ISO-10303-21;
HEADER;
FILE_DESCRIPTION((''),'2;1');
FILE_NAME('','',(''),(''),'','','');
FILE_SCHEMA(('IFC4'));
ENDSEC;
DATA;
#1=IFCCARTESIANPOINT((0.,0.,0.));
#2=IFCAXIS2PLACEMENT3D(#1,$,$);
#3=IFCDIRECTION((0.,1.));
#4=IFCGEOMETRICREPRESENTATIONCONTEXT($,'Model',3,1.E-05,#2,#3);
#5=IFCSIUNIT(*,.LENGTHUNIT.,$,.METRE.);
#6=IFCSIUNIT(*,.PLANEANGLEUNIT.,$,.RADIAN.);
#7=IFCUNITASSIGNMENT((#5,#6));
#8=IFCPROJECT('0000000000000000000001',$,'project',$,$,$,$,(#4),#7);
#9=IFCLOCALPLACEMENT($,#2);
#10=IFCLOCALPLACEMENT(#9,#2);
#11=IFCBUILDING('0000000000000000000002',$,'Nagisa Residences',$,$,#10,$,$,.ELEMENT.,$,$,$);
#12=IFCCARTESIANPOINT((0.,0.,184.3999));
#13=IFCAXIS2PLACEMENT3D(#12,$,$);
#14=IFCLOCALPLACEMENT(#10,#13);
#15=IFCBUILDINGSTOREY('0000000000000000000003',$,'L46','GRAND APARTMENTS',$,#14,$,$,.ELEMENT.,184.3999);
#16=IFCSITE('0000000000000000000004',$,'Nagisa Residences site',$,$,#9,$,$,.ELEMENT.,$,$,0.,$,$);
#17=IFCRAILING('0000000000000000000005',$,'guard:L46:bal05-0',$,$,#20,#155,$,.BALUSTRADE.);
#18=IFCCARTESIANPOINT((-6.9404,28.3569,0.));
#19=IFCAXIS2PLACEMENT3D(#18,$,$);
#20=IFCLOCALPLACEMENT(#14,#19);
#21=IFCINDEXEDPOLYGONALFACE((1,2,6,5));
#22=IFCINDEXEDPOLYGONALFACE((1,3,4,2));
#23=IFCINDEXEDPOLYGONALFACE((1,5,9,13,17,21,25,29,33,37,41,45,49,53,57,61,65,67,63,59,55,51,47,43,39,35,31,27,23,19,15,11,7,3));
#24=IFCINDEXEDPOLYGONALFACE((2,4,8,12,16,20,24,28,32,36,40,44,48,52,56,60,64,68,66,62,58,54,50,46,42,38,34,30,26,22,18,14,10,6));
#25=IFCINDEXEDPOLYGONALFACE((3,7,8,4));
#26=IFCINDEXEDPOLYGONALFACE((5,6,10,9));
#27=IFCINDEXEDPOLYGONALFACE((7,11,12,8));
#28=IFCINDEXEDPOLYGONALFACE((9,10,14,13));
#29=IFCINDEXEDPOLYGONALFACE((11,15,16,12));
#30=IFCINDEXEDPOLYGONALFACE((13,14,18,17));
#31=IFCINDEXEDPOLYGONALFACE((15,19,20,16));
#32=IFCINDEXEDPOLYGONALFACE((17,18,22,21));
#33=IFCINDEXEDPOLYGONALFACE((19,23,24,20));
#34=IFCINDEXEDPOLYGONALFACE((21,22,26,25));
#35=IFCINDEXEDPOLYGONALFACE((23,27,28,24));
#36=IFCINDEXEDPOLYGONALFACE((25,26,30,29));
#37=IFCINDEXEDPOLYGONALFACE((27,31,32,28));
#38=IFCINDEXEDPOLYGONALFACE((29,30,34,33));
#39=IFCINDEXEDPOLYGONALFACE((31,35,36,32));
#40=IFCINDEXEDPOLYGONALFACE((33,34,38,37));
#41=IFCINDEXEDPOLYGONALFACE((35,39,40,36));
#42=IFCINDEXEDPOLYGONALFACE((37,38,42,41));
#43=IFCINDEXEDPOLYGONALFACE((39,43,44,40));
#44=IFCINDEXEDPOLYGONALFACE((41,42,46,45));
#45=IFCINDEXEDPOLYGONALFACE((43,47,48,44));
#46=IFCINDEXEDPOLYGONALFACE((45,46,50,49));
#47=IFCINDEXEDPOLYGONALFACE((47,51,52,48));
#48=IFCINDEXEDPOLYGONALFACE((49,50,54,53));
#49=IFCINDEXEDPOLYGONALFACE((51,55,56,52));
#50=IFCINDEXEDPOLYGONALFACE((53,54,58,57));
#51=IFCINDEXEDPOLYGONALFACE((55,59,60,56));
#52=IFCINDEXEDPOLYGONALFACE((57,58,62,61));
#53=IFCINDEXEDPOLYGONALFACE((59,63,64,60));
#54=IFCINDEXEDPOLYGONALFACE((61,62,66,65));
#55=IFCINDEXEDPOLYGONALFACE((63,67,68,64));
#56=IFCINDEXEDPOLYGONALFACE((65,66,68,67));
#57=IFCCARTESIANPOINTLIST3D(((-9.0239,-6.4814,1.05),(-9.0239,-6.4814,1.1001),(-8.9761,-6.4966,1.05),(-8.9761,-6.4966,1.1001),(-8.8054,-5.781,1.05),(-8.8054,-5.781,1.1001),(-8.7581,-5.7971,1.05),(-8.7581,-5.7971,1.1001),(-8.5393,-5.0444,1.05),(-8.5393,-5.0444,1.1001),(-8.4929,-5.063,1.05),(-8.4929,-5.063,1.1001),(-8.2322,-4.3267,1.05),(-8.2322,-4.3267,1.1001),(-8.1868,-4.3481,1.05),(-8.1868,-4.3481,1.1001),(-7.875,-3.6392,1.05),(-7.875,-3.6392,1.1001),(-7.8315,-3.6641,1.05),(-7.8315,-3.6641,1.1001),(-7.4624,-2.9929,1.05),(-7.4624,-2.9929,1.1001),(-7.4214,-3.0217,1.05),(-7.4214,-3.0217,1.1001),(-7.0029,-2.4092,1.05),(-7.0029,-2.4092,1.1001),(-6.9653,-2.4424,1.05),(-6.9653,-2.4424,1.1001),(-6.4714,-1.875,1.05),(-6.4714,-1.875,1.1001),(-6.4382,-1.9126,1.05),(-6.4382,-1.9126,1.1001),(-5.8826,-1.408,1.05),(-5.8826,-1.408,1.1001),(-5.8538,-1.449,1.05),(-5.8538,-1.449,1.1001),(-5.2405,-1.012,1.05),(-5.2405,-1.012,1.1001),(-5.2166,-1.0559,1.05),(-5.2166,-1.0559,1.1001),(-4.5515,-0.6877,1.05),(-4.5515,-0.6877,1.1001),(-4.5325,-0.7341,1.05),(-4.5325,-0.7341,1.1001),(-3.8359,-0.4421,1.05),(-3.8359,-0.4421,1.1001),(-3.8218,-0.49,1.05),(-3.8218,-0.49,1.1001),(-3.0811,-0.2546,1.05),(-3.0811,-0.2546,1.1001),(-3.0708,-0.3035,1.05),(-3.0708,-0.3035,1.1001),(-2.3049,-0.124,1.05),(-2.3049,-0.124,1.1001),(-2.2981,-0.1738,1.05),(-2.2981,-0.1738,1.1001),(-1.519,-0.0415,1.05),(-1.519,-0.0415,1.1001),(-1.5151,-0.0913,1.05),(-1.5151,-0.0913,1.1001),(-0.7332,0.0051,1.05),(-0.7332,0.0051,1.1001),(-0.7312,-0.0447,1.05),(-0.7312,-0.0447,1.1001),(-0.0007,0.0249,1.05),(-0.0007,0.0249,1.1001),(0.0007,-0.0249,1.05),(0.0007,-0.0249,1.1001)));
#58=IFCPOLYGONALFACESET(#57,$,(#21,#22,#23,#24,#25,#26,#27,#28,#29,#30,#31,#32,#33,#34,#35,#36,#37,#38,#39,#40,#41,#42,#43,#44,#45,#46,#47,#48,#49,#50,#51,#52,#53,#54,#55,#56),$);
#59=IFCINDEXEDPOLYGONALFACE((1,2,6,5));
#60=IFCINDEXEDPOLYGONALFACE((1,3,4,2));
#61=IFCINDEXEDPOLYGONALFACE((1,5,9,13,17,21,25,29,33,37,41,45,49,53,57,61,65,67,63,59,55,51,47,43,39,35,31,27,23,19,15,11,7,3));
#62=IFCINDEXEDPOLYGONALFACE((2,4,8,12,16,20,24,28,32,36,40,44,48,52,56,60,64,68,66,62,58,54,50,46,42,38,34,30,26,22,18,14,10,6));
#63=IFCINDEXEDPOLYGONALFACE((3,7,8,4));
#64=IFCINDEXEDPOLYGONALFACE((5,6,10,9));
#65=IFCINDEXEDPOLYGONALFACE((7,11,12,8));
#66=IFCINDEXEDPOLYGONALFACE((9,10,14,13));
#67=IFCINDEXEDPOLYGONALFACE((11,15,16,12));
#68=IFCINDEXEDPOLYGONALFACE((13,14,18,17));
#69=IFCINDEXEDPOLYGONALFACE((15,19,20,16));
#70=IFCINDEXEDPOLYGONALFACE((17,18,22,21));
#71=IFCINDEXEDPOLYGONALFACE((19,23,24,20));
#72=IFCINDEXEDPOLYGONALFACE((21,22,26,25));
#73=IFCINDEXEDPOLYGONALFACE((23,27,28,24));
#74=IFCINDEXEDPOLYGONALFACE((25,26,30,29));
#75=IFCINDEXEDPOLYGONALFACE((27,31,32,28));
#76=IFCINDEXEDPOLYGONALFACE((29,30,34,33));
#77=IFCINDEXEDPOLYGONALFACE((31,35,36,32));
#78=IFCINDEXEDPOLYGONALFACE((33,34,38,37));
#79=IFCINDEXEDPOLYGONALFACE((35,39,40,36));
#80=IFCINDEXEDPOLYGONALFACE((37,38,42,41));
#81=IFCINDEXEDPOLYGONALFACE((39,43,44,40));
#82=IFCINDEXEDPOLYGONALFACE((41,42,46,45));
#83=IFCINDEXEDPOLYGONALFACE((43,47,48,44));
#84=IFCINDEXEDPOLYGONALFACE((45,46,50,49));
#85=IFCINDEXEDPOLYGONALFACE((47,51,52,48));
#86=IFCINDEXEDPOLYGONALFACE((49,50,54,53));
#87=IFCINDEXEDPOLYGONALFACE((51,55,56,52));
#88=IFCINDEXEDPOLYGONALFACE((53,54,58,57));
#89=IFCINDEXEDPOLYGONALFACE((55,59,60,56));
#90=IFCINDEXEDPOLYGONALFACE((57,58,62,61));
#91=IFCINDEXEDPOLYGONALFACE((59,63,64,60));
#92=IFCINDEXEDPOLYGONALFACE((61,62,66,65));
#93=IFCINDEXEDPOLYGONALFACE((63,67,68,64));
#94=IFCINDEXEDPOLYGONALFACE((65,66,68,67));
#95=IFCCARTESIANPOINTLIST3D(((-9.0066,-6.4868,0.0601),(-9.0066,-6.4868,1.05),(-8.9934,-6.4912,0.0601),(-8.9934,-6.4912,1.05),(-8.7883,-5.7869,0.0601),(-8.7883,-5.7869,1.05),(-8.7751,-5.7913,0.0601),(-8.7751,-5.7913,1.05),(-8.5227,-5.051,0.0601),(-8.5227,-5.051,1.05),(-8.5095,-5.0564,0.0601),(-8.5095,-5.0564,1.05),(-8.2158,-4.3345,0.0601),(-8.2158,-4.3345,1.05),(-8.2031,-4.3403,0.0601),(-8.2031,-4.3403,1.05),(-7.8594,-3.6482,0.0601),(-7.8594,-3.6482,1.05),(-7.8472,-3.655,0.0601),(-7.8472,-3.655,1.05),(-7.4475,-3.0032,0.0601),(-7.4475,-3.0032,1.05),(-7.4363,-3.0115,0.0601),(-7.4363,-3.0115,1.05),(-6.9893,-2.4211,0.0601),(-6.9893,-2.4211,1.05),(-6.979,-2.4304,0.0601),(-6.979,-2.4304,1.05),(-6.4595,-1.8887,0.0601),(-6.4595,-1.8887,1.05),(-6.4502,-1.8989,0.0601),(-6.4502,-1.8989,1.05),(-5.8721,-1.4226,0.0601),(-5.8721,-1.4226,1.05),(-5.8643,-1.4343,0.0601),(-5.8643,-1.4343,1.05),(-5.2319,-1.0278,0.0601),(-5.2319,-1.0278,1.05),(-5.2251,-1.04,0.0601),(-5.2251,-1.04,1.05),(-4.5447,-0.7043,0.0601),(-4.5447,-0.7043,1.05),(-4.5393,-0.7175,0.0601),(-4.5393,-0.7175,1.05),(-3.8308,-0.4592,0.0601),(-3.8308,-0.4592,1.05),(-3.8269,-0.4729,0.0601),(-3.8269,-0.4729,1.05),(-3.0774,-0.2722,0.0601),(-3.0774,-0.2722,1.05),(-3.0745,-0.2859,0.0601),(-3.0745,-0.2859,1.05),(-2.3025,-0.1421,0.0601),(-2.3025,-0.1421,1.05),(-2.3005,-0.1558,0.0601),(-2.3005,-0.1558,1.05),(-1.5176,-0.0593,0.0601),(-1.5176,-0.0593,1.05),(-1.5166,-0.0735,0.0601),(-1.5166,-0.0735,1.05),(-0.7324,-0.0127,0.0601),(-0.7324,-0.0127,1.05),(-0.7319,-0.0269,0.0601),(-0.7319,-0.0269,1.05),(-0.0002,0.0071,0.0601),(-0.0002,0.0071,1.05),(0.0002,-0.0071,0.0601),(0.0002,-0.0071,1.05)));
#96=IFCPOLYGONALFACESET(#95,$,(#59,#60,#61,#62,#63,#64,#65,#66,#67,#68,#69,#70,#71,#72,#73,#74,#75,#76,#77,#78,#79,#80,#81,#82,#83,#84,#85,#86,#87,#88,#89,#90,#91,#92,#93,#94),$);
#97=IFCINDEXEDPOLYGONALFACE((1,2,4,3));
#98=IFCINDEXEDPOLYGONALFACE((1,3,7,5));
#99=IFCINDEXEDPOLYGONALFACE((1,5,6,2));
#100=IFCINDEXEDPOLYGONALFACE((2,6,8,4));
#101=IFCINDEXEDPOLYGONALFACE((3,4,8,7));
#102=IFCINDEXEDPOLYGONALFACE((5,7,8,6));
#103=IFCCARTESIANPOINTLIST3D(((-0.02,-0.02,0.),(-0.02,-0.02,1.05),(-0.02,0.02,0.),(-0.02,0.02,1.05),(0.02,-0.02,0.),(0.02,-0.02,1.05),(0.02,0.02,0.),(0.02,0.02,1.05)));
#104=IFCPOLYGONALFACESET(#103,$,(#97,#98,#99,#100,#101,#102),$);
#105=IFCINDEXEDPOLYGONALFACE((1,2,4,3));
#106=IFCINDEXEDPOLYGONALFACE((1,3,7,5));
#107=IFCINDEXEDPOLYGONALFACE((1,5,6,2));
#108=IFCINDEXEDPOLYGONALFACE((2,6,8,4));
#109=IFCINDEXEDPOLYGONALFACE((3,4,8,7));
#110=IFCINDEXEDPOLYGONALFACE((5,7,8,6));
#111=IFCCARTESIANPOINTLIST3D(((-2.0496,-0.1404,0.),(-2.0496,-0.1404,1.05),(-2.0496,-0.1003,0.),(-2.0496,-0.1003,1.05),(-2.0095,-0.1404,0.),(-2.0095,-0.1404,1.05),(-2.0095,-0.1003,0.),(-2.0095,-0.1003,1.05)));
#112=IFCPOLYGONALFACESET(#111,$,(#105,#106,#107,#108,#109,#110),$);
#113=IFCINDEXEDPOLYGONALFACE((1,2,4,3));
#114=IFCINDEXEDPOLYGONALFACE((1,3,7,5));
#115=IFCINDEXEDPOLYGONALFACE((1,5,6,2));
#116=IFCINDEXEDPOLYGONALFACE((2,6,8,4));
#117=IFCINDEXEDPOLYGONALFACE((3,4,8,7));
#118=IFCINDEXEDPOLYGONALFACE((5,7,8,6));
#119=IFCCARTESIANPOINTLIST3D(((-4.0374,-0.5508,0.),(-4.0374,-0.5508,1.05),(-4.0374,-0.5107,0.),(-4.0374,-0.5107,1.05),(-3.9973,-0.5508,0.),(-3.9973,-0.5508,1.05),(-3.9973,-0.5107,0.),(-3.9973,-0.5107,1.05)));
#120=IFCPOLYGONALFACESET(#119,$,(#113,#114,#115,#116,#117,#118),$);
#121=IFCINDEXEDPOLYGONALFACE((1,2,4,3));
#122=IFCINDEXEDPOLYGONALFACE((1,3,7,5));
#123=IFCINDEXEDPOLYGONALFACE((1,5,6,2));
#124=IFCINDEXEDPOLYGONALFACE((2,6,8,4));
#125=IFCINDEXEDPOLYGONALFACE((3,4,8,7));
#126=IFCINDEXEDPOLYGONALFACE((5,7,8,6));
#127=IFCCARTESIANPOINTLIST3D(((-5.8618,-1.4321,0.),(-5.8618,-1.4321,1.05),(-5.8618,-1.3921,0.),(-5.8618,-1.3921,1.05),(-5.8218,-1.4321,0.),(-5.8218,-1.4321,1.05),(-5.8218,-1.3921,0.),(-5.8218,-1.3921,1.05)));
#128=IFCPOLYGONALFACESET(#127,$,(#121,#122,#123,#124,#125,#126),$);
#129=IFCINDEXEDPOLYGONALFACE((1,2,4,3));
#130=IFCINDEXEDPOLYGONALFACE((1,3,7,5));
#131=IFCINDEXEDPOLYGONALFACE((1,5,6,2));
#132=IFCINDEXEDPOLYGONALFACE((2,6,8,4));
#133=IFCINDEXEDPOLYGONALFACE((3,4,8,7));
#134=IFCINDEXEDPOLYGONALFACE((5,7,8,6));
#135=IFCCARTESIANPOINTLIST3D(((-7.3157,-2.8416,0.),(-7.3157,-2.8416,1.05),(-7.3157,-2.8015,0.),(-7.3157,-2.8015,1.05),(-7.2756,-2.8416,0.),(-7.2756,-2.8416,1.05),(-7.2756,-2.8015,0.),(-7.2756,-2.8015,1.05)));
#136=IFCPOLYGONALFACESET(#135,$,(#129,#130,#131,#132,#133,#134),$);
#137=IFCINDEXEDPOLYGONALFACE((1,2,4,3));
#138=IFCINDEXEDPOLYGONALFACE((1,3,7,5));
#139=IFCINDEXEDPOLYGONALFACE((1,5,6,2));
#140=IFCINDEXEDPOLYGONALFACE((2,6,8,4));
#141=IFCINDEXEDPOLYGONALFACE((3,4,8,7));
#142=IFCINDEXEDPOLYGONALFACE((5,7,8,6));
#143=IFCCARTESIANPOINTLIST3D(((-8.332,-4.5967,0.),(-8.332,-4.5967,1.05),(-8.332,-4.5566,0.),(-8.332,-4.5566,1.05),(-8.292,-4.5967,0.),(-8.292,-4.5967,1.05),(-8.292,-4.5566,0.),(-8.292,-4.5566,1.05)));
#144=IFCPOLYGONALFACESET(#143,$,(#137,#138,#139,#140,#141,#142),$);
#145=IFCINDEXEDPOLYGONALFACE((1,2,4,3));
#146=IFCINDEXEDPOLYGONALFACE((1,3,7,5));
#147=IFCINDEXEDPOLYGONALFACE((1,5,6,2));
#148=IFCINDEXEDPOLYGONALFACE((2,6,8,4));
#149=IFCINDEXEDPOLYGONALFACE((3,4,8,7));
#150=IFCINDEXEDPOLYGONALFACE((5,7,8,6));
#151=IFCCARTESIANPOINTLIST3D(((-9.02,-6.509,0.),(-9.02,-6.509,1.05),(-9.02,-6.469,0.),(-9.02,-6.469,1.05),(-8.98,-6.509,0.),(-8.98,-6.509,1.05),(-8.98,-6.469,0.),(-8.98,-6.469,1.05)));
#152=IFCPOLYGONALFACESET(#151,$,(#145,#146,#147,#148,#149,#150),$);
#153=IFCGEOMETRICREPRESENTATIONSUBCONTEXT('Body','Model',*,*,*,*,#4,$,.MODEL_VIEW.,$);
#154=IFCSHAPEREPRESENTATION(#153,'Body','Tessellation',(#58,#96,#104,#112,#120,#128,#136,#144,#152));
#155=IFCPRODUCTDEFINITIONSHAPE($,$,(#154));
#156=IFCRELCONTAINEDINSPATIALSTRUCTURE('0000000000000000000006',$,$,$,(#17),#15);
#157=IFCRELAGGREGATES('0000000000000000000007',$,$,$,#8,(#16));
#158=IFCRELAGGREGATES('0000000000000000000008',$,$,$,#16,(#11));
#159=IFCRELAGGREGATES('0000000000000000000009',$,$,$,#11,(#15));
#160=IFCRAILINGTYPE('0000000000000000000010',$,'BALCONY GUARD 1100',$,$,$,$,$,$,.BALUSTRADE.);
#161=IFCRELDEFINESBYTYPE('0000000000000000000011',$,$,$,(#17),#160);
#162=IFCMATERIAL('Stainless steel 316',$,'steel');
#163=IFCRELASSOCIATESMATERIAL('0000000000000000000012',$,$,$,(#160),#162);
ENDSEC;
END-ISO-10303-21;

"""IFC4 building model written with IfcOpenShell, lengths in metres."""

from ifc_helpers import new_model, si_unit, direction, frame, origin, origin_2d, place, context, subcontext, project, spatial, polyline, rectangle, outline, extrude, material, type_object, element, save


model = new_model("IFC4")

# Units and contexts
model_context = context("Model", 3, precision=1e-05, world=origin(), true_north=direction((0.0, 1.0)))
body_context = subcontext(model_context, "Body", "Model", "MODEL_VIEW")
ifc_project = project(units=[si_unit("LENGTHUNIT", "METRE"), si_unit("PLANEANGLEUNIT", "RADIAN")], contexts=[model_context])

# Site, building, storey
site_placement = place(None, origin())
site = spatial("IfcSite", under=ifc_project, at=site_placement, Name="Nagisa Residences site", CompositionType="ELEMENT", RefElevation=0.0)
building_placement = place(site_placement, origin())
building = spatial("IfcBuilding", under=site, at=building_placement, Name="Nagisa Residences", CompositionType="ELEMENT")
storey_placement = place(building_placement, frame((0.0, 0.0, 184.3999)))
storey = spatial("IfcBuildingStorey", under=building, at=storey_placement, Name="L46", Description="GRAND APARTMENTS", CompositionType="ELEMENT", Elevation=184.3999)

# Railing
ifc_material_1 = material(Name="Stainless steel 316", Category="steel")
railing_type = type_object("IfcRailingType", Name="BALCONY GUARD 1100", PredefinedType="BALUSTRADE", material=ifc_material_1)
railing_placement = place(storey_placement, frame((-6.9404, 28.3569, 0.0)))
element("IfcRailing", 1, at=railing_placement, inside=storey, type_object=railing_type, Name="guard:L46:bal05-0", PredefinedType="BALUSTRADE", context=body_context, shape_type="SweptSolid", body=[
    extrude(outline(polyline([(-0.7312, -0.0447), (0.0007, -0.0249), (-0.0007, 0.0249), (-0.7332, 0.0051), (-1.519, -0.0415), (-2.3049, -0.124), (-3.0811, -0.2546), (-3.8359, -0.4421), (-4.5515, -0.6877), (-5.2405, -1.012), (-5.8826, -1.408), (-6.4714, -1.875), (-7.0029, -2.4092), (-7.4624, -2.9929), (-7.875, -3.6392), (-8.2322, -4.3267), (-8.5393, -5.0444), (-8.8054, -5.781), (-9.0239, -6.4814), (-8.9761, -6.4966), (-8.7581, -5.7971), (-8.4929, -5.063), (-8.1868, -4.3481), (-7.8315, -3.6641), (-7.4214, -3.0217), (-6.9653, -2.4424), (-6.4382, -1.9126), (-5.8538, -1.449), (-5.2166, -1.0559), (-4.5325, -0.7341), (-3.8218, -0.49), (-3.0708, -0.3035), (-2.2981, -0.1738), (-1.5151, -0.0913), (-0.7312, -0.0447)])), frame((0.0, 0.0, 1.05)), (0.0, 0.0, 1.0), 0.05),
    extrude(outline(polyline([(-0.7319, -0.0269), (0.0002, -0.0071), (-0.0002, 0.0071), (-0.7324, -0.0127), (-1.5176, -0.0593), (-2.3025, -0.1421), (-3.0774, -0.2722), (-3.8308, -0.4592), (-4.5447, -0.7043), (-5.2319, -1.0278), (-5.8721, -1.4226), (-6.4595, -1.8887), (-6.9893, -2.4211), (-7.4475, -3.0032), (-7.8594, -3.6482), (-8.2158, -4.3345), (-8.5227, -5.051), (-8.7883, -5.7869), (-9.0066, -6.4868), (-8.9934, -6.4912), (-8.7751, -5.7913), (-8.5095, -5.0564), (-8.2031, -4.3403), (-7.8472, -3.655), (-7.4363, -3.0115), (-6.979, -2.4304), (-6.4502, -1.8989), (-5.8643, -1.4343), (-5.2251, -1.04), (-4.5393, -0.7175), (-3.8269, -0.4729), (-3.0745, -0.2859), (-2.3005, -0.1558), (-1.5166, -0.0735), (-0.7319, -0.0269)])), frame((0.0, 0.0, 0.0601)), (0.0, 0.0, 1.0), 0.99),
    extrude(rectangle(XDim=0.04, YDim=0.04, at=origin_2d()), origin(), (0.0, 0.0, 1.0), 1.05),
    extrude(rectangle(XDim=0.04, YDim=0.04, at=origin_2d()), frame((-2.0295, -0.1204, 0.0)), (0.0, 0.0, 1.0), 1.05),
    extrude(rectangle(XDim=0.04, YDim=0.04, at=origin_2d()), frame((-4.0173, -0.5308, 0.0)), (0.0, 0.0, 1.0), 1.05),
    extrude(rectangle(XDim=0.04, YDim=0.04, at=origin_2d()), frame((-5.8418, -1.4121, 0.0)), (0.0, 0.0, 1.0), 1.05),
    extrude(rectangle(XDim=0.04, YDim=0.04, at=origin_2d()), frame((-7.2957, -2.8215, 0.0)), (0.0, 0.0, 1.0), 1.05),
    extrude(rectangle(XDim=0.04, YDim=0.04, at=origin_2d()), frame((-8.312, -4.5767, 0.0)), (0.0, 0.0, 1.0), 1.05),
    extrude(rectangle(XDim=0.04, YDim=0.04, at=origin_2d()), frame((-9.0, -6.489, 0.0)), (0.0, 0.0, 1.0), 1.05),
])

save(model, "model.ifc")
